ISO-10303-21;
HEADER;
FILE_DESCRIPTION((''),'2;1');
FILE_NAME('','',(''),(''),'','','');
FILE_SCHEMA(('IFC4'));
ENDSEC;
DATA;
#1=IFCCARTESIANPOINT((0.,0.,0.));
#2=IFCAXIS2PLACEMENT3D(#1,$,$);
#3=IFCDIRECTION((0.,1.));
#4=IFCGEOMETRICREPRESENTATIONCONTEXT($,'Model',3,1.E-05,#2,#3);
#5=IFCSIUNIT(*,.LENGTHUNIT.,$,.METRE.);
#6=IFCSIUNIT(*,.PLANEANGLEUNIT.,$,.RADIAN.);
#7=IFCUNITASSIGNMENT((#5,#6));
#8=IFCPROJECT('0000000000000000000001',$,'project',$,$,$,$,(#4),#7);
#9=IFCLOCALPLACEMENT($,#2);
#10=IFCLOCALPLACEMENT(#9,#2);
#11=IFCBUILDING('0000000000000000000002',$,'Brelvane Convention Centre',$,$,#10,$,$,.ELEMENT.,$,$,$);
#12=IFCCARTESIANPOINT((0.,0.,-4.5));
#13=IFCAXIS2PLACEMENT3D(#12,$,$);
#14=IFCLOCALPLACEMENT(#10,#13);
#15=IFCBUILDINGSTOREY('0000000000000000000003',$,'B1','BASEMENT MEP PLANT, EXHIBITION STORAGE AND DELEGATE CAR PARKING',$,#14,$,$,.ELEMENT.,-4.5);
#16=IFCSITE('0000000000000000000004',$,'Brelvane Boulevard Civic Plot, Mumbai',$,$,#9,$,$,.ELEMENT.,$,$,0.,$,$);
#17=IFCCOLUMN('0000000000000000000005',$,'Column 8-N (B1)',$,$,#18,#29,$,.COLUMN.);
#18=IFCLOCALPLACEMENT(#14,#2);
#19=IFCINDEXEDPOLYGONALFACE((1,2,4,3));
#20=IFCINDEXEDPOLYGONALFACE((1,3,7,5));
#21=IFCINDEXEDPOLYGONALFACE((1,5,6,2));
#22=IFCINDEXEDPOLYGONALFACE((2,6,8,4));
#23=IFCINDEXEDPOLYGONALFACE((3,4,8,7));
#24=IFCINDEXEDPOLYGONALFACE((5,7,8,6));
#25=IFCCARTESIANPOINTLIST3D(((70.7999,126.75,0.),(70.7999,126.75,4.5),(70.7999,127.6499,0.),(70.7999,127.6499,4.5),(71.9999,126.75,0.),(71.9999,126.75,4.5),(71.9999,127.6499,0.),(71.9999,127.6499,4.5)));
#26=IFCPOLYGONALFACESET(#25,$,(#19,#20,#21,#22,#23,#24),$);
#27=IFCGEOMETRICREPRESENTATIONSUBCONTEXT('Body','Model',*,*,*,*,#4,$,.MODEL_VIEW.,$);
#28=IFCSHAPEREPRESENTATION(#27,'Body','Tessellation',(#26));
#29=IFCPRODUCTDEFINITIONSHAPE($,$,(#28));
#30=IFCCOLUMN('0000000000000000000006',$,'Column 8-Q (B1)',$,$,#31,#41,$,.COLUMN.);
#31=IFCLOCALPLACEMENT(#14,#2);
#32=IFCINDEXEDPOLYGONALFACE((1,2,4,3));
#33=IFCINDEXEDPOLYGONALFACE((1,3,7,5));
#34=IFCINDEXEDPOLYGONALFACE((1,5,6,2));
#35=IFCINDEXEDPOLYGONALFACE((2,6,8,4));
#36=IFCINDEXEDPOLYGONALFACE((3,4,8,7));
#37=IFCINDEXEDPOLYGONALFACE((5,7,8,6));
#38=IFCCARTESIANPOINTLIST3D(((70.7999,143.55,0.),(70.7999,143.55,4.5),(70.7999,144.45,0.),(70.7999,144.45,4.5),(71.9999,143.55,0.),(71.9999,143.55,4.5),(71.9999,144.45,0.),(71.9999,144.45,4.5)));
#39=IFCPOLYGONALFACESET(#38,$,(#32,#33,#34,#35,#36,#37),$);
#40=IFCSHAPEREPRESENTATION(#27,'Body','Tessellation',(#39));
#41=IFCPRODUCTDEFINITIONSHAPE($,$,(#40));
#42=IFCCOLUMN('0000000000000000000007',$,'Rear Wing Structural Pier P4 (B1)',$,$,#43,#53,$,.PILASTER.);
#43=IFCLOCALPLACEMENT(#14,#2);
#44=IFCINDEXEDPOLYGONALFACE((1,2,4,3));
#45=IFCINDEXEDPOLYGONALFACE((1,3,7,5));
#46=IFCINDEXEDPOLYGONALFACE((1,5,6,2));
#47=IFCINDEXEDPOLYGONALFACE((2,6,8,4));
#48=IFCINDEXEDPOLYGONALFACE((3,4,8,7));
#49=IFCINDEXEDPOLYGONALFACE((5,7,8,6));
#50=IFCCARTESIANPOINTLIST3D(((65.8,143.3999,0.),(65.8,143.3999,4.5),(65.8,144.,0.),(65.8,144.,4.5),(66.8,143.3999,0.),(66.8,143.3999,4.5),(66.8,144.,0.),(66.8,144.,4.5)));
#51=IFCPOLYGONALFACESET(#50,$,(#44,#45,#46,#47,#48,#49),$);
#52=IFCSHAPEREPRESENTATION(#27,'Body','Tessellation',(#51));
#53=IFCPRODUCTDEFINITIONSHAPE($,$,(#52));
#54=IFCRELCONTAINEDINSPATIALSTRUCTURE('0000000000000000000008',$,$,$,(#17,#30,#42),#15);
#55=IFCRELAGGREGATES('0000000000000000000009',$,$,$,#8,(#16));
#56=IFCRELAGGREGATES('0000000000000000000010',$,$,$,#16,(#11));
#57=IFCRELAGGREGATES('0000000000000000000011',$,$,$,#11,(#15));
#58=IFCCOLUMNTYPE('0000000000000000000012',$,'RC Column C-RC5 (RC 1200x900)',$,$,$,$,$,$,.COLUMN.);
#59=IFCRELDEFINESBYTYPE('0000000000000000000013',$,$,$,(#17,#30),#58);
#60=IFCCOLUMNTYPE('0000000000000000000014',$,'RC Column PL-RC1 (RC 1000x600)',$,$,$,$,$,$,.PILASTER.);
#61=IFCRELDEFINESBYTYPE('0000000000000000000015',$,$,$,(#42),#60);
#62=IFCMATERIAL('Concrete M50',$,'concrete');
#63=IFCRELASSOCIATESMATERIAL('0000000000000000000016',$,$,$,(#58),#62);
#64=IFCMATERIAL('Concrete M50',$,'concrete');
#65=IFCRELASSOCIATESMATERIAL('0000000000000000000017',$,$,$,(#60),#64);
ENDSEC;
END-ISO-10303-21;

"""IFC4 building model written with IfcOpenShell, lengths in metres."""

from ifc_helpers import new_model, si_unit, direction, frame, origin, origin_2d, place, context, subcontext, project, spatial, rectangle, extrude, material, material_profile, profile_set, type_object, element, save


model = new_model("IFC4")

# Units and contexts
model_context = context("Model", 3, precision=1e-05, world=origin(), true_north=direction((0.0, 1.0)))
body_context = subcontext(model_context, "Body", "Model", "MODEL_VIEW")
ifc_project = project(units=[si_unit("LENGTHUNIT", "METRE"), si_unit("PLANEANGLEUNIT", "RADIAN")], contexts=[model_context])

# Site, building, storey
site_placement = place(None, origin())
site = spatial("IfcSite", under=ifc_project, at=site_placement, Name="Brelvane Boulevard Civic Plot, Mumbai", CompositionType="ELEMENT", RefElevation=0.0)
building_placement = place(site_placement, origin())
building = spatial("IfcBuilding", under=site, at=building_placement, Name="Brelvane Convention Centre", CompositionType="ELEMENT")
storey_placement = place(building_placement, frame((0.0, 0.0, -4.5)))
storey = spatial("IfcBuildingStorey", under=building, at=storey_placement, Name="B1", Description="BASEMENT MEP PLANT, EXHIBITION STORAGE AND DELEGATE CAR PARKING", CompositionType="ELEMENT", Elevation=-4.5)

# Columns
ifc_material_1 = material(Name="Concrete M50", Category="concrete")
ifc_material_profile_1 = material_profile(ifc_material_1, rectangle(XDim=1.2, YDim=0.8999, at=origin_2d()), Name="RC 1200x900")
ifc_profile_set_1 = profile_set([ifc_material_profile_1], Name="Concrete M50")
column_type_1 = type_object("IfcColumnType", Name="RC Column C-RC5 (RC 1200x900)", PredefinedType="COLUMN", material=ifc_profile_set_1)
for number, where, z_axis, x_axis, name in (
    (1, (71.3999, 127.2, 0.0), (0.0, 0.0, 1.0), (1.0, 0.0, 0.0), "Column 8-N (B1)"),
    (2, (71.3999, 144.0, 0.0), (0.0, 0.0, 1.0), (1.0, 0.0, 0.0), "Column 8-Q (B1)"),
):
    element("IfcColumn", number, at=place(storey_placement, frame(where, z_axis=z_axis, x_axis=x_axis)), inside=storey, type_object=column_type_1, Name=name, PredefinedType="COLUMN", context=body_context, shape_type="SweptSolid", body=[
        extrude(rectangle(XDim=1.2, YDim=0.8999, at=origin_2d()), origin(), (0.0, 0.0, 1.0), 4.5),
    ])
ifc_material_2 = material(Name="Concrete M50", Category="concrete")
ifc_material_profile_2 = material_profile(ifc_material_2, rectangle(XDim=1.0, YDim=0.6001, at=origin_2d()), Name="RC 1000x600")
ifc_profile_set_2 = profile_set([ifc_material_profile_2], Name="Concrete M50")
column_type_2 = type_object("IfcColumnType", Name="RC Column PL-RC1 (RC 1000x600)", PredefinedType="PILASTER", material=ifc_profile_set_2)
column_placement = place(storey_placement, frame((66.3, 143.7, 0.0), z_axis=(0.0, 0.0, 1.0), x_axis=(1.0, 0.0, 0.0)))
element("IfcColumn", 3, at=column_placement, inside=storey, type_object=column_type_2, Name="Rear Wing Structural Pier P4 (B1)", PredefinedType="PILASTER", context=body_context, shape_type="SweptSolid", body=[
    extrude(rectangle(XDim=1.0, YDim=0.6001, at=origin_2d()), origin(), (0.0, 0.0, 1.0), 4.5),
])

save(model, "model.ifc")
